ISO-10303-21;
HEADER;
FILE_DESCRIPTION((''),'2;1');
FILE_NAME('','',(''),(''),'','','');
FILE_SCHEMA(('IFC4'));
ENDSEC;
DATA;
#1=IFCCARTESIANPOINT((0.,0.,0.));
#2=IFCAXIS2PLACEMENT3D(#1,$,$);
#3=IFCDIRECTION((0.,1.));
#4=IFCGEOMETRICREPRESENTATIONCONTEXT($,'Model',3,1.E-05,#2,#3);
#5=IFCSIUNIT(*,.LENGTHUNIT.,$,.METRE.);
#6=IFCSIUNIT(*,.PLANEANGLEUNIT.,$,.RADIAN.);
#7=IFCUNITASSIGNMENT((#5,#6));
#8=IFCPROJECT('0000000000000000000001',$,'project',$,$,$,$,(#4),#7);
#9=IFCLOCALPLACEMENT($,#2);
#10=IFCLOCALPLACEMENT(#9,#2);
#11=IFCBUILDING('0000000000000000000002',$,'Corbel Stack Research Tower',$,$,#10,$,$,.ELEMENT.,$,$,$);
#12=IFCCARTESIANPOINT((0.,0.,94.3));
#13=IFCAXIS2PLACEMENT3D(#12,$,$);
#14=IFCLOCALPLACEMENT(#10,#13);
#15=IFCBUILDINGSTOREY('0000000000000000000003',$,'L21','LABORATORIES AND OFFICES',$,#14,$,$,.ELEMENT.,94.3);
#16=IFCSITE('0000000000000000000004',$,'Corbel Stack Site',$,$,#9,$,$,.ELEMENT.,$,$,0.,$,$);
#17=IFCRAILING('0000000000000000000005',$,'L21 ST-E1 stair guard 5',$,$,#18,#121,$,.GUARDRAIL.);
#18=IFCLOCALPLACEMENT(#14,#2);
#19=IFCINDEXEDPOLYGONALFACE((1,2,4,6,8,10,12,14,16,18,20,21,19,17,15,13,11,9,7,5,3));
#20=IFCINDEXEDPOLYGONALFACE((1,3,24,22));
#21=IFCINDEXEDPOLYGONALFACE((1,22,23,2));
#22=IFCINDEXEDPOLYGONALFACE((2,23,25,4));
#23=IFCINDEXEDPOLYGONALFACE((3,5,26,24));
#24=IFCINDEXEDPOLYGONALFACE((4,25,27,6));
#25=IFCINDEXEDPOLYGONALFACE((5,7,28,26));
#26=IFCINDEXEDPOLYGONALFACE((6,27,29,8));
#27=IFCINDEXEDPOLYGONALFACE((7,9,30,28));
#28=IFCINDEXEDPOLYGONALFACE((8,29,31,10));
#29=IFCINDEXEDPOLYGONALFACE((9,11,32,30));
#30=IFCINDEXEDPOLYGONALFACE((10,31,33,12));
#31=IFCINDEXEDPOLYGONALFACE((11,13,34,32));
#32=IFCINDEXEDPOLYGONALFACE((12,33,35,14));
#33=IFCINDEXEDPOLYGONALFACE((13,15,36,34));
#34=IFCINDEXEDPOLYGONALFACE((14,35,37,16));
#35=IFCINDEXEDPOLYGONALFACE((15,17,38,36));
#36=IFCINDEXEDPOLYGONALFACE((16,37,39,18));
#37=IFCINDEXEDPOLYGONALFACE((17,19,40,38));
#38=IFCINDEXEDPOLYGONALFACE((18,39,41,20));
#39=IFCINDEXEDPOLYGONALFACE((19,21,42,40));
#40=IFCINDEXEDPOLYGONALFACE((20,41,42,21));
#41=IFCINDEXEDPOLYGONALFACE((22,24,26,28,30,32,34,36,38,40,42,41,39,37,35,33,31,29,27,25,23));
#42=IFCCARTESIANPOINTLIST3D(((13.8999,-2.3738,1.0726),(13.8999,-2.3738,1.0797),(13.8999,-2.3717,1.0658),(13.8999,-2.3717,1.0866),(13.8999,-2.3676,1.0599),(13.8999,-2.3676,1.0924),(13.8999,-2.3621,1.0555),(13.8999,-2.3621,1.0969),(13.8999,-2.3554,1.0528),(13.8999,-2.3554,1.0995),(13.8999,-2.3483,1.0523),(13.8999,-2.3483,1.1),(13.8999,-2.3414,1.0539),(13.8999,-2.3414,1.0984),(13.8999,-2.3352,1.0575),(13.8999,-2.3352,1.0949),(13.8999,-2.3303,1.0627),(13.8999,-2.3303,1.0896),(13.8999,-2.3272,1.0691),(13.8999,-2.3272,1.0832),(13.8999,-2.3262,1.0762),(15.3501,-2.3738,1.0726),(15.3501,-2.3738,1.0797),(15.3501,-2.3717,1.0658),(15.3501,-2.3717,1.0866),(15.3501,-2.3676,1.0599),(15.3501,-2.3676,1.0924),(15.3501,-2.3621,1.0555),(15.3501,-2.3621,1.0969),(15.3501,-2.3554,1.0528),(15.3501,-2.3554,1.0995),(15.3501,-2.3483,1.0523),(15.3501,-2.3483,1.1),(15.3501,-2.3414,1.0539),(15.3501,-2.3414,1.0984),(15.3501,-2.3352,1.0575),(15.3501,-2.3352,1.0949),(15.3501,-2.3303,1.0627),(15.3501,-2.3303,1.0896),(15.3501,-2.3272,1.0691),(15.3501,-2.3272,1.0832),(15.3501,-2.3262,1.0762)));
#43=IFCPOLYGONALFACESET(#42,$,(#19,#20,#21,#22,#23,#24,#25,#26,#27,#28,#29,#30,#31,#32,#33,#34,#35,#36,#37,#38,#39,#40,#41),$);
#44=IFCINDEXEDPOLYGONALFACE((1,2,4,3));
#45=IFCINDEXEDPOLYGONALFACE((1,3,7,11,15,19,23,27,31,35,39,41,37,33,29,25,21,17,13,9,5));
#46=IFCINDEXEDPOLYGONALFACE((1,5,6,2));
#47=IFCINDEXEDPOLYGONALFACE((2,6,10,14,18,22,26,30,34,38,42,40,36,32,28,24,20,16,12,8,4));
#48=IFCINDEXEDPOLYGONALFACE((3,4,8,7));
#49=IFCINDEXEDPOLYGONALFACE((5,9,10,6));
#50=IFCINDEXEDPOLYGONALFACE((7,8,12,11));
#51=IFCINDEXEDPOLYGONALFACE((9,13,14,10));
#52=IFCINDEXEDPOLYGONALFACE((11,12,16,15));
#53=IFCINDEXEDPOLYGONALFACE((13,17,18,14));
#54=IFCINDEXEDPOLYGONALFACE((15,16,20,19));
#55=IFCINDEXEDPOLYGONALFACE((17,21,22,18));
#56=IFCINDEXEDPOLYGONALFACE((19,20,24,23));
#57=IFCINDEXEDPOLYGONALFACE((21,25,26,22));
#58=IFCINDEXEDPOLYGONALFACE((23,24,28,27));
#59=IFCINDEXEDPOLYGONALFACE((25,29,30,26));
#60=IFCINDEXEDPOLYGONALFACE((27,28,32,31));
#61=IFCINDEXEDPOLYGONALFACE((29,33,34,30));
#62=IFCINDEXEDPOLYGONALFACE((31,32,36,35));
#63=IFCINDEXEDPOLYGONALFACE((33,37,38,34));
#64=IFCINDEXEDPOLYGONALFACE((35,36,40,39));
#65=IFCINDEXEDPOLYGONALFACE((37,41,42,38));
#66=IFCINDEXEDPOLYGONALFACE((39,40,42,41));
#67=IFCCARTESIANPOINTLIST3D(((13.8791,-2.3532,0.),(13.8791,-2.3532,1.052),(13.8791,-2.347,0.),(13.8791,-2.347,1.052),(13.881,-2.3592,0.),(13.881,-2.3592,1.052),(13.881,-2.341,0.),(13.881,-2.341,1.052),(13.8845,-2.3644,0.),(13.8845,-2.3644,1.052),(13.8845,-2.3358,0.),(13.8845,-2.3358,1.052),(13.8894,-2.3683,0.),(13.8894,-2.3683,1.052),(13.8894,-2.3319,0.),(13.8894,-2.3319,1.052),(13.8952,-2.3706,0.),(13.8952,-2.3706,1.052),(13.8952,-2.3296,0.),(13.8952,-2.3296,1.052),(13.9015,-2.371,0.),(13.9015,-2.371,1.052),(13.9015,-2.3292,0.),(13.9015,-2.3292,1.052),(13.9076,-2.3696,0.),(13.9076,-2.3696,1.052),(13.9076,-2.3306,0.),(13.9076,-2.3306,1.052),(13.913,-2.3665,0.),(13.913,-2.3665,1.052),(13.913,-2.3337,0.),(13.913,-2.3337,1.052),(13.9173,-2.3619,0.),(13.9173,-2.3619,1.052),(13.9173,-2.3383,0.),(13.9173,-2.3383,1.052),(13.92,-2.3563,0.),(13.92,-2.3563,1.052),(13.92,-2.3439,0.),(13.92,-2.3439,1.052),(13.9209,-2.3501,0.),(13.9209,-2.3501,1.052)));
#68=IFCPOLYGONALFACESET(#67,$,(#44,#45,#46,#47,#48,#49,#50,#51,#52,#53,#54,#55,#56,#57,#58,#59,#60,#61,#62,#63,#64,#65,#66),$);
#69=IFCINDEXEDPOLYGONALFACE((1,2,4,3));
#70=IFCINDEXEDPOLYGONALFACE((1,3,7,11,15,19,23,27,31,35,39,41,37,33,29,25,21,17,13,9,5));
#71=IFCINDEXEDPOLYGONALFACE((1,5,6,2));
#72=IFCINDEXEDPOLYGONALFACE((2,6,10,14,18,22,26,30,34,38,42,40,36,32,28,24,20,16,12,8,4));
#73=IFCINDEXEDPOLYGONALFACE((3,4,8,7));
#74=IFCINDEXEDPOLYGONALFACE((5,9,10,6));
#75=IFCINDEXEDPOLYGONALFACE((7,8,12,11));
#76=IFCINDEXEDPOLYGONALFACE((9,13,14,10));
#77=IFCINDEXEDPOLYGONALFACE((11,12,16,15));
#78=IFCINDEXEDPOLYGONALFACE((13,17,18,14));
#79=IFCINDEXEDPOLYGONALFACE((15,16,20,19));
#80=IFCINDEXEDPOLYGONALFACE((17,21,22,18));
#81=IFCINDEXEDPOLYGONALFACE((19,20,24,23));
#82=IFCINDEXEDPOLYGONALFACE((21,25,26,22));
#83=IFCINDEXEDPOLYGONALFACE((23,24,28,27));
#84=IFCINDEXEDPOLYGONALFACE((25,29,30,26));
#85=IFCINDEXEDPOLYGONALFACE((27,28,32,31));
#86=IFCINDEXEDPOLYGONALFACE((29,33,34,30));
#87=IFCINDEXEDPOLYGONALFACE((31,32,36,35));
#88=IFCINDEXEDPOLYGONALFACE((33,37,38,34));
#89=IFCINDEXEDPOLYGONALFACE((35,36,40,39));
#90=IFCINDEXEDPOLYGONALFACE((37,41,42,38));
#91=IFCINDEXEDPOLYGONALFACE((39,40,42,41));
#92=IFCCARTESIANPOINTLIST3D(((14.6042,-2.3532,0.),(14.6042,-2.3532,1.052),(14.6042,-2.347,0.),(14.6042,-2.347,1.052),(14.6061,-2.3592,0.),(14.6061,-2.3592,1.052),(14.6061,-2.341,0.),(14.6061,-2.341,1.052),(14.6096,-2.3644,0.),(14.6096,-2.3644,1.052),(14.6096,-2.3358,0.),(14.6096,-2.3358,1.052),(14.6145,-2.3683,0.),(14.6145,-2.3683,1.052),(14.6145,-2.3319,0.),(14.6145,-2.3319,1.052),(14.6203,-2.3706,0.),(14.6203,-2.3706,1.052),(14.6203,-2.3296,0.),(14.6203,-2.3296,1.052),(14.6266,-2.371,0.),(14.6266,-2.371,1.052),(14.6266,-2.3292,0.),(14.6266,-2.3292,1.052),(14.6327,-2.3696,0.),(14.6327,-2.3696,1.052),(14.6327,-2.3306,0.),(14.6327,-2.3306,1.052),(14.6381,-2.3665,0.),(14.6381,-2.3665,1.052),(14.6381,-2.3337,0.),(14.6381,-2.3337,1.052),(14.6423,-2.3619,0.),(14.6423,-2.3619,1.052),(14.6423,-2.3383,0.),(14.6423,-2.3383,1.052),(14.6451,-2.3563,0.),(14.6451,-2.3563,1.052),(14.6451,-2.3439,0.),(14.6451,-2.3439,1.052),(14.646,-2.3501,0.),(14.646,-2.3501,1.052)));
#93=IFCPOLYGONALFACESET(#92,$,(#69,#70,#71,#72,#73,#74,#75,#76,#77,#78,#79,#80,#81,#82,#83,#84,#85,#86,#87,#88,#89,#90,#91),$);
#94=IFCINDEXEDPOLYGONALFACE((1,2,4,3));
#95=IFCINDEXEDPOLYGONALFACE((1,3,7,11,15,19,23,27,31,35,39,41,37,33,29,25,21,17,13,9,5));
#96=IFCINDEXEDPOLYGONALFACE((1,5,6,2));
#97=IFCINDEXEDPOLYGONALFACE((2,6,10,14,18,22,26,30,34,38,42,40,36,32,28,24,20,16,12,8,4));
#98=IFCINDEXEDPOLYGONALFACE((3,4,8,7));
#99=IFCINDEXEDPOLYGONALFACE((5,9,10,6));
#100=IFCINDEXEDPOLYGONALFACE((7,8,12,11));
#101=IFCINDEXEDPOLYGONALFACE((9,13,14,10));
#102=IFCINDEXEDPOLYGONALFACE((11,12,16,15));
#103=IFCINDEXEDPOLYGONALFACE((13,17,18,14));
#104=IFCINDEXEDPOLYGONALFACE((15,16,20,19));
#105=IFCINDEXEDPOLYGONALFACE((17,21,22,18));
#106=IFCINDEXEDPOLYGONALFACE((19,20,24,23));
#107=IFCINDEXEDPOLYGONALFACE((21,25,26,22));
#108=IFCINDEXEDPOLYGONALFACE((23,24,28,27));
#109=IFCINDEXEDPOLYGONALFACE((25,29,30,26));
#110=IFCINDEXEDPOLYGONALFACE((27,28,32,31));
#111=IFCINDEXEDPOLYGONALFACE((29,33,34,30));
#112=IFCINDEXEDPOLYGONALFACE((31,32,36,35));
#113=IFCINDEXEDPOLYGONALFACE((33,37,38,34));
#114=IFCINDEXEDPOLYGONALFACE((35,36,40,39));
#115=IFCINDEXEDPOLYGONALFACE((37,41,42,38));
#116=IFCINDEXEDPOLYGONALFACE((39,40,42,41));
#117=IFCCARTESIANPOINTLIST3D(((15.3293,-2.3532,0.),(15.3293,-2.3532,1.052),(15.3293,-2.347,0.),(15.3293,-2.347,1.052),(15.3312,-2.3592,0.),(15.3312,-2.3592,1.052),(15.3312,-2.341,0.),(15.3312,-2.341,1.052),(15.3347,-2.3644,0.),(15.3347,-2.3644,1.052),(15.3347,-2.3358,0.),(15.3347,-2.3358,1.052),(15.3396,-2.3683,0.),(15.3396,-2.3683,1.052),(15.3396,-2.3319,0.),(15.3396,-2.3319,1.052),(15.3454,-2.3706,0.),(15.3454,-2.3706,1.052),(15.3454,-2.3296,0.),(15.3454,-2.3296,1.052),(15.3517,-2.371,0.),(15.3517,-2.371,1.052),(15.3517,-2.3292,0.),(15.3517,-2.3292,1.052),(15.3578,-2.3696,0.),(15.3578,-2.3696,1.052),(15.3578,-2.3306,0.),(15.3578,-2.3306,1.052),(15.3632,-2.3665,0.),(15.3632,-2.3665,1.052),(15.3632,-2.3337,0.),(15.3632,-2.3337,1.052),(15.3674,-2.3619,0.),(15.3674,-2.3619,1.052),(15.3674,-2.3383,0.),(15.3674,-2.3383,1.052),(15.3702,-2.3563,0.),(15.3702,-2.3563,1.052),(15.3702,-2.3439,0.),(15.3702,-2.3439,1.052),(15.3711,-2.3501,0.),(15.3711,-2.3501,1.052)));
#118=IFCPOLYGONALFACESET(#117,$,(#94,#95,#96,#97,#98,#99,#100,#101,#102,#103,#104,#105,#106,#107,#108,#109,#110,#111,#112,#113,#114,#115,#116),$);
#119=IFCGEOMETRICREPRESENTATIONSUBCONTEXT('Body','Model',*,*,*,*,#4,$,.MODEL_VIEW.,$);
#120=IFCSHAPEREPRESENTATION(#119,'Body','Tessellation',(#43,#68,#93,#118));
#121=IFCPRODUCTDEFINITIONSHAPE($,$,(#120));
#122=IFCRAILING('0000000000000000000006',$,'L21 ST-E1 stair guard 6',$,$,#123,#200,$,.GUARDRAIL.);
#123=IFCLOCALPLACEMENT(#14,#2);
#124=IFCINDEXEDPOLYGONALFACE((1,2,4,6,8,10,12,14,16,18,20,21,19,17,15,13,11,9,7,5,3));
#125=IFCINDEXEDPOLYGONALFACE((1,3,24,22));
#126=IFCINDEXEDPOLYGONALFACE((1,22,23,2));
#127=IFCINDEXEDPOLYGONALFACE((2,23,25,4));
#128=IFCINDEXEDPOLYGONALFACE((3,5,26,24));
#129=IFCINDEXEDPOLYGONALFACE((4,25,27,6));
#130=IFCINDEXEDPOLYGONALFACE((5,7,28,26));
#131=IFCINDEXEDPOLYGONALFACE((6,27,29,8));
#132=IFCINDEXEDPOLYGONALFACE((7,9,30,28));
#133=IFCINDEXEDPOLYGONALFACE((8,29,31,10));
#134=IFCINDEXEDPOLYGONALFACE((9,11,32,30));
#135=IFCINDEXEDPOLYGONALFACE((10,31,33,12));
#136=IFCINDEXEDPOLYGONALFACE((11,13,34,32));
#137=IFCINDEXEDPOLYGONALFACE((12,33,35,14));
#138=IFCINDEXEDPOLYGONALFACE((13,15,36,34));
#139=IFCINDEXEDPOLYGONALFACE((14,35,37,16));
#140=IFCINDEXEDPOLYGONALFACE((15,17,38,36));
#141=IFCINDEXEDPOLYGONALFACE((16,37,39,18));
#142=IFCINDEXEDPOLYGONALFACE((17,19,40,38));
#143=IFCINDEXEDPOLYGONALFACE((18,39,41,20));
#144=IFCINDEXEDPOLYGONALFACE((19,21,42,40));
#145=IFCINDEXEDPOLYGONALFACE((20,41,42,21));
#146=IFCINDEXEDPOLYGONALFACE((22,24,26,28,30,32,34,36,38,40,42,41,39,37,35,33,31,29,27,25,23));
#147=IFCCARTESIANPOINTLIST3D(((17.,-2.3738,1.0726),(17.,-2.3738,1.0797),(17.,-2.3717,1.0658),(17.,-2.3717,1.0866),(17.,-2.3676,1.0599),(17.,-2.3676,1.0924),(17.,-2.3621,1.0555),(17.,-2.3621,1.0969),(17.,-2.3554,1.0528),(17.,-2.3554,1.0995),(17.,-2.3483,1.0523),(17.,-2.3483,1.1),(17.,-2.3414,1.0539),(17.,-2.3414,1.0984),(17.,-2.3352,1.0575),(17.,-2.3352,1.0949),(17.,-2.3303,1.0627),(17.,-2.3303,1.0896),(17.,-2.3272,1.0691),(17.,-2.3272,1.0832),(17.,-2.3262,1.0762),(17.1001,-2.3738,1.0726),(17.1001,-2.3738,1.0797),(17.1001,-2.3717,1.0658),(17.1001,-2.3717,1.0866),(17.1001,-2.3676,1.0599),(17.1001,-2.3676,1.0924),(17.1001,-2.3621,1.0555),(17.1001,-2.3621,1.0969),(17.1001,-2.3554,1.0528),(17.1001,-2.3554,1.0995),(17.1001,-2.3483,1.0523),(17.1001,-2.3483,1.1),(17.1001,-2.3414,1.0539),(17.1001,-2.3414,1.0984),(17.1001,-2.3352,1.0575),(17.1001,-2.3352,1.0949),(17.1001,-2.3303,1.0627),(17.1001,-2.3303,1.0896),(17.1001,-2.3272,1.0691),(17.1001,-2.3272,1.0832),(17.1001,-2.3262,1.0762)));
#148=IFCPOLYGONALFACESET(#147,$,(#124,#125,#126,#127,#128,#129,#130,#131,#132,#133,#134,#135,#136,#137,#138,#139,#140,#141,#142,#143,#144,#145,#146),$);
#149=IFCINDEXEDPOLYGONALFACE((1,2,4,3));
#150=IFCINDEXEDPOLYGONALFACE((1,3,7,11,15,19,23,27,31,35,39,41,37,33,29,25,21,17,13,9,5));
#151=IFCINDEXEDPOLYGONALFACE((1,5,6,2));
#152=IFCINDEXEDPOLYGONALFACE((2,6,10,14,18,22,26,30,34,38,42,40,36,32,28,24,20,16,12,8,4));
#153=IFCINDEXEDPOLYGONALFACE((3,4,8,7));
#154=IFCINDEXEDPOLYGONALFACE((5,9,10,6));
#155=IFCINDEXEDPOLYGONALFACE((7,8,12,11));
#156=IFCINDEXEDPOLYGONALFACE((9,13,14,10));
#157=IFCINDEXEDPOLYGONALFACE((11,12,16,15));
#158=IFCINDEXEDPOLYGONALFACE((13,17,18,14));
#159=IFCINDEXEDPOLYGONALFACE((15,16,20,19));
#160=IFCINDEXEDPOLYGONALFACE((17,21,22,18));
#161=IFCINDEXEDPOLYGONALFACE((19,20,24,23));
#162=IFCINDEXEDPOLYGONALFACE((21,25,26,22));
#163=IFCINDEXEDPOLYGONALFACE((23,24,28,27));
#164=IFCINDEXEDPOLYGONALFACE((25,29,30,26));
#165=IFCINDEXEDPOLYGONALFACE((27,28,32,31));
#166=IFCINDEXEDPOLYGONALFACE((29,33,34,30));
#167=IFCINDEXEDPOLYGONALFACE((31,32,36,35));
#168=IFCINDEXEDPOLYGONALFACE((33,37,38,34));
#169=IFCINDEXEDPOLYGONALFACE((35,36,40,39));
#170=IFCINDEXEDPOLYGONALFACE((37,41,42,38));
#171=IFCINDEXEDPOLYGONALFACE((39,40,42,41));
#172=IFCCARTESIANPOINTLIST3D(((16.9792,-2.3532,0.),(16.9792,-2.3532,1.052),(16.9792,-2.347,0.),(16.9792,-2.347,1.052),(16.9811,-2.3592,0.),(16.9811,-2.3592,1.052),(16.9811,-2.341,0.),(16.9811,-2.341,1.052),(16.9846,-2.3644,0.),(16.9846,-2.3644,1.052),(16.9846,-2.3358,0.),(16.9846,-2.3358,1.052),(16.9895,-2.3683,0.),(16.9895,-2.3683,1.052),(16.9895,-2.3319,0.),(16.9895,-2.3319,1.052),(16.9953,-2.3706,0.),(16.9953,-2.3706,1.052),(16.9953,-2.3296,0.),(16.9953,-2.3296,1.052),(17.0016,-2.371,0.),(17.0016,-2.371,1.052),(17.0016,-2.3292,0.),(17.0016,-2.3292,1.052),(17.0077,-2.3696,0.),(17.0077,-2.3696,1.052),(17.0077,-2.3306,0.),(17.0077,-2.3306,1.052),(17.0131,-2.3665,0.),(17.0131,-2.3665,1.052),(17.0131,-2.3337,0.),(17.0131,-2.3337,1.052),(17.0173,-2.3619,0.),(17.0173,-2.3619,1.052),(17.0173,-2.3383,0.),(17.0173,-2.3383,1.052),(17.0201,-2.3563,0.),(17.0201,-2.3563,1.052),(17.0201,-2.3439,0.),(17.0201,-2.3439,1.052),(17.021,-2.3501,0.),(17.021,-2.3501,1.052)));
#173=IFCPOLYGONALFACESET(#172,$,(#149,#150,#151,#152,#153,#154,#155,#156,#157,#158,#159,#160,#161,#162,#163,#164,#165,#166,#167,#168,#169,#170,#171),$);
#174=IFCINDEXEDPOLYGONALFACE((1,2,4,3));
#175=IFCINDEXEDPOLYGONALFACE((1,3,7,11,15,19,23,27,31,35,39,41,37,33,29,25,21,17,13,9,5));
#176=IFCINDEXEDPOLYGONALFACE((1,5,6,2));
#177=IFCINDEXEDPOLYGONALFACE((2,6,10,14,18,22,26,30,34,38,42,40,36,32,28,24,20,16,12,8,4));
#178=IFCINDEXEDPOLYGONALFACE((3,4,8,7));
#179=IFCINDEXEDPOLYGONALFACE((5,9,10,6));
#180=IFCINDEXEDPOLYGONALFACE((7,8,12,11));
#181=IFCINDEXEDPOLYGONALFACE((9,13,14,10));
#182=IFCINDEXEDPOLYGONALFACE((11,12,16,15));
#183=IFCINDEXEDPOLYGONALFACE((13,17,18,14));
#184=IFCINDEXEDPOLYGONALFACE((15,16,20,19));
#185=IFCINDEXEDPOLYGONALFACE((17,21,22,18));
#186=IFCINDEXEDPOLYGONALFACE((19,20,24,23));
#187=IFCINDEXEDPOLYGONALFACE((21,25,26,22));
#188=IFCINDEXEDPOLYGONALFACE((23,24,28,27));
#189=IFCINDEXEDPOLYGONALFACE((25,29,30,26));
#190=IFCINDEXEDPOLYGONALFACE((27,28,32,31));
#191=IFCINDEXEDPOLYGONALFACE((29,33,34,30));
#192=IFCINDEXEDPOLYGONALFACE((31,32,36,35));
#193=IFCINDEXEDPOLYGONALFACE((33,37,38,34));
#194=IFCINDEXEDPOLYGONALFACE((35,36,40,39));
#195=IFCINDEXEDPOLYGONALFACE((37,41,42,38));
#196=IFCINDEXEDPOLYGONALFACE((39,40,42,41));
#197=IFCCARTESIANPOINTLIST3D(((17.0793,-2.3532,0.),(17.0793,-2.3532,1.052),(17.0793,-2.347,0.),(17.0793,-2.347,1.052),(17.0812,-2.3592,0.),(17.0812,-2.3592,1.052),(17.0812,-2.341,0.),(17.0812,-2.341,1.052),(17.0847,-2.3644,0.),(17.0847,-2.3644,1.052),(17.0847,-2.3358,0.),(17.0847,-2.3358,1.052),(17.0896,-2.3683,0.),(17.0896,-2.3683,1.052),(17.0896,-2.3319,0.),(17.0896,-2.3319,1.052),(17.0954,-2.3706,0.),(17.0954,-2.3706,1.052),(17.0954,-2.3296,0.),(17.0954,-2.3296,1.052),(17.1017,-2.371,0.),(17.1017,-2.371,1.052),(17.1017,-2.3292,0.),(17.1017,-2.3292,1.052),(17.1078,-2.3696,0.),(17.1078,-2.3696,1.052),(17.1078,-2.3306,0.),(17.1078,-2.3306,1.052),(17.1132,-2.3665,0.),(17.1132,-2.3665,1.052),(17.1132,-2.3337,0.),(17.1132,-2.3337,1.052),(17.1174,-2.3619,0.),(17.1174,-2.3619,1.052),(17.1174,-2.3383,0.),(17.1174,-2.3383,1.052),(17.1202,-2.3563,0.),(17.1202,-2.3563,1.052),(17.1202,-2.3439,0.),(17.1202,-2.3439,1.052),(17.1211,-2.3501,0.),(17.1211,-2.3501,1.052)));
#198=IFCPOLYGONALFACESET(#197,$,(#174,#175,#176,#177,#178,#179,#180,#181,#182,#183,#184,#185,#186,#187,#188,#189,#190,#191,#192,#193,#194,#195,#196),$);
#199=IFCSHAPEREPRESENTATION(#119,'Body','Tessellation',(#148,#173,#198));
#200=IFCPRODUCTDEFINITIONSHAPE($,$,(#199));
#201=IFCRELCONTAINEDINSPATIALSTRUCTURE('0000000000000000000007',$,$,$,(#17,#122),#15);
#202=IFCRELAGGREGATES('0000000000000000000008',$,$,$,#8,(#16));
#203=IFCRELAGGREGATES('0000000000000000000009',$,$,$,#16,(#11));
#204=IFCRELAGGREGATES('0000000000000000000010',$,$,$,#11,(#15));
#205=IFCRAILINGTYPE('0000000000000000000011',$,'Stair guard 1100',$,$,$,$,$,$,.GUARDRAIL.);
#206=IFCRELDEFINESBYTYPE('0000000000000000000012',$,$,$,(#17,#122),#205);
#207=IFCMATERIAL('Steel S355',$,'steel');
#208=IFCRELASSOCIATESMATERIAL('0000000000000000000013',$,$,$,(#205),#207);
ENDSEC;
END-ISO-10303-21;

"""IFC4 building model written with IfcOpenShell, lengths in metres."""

from ifc_helpers import new_model, si_unit, direction, frame, origin, origin_2d, place, context, subcontext, project, spatial, circle, extrude, material, type_object, element, save


model = new_model("IFC4")

# Units and contexts
model_context = context("Model", 3, precision=1e-05, world=origin(), true_north=direction((0.0, 1.0)))
body_context = subcontext(model_context, "Body", "Model", "MODEL_VIEW")
ifc_project = project(units=[si_unit("LENGTHUNIT", "METRE"), si_unit("PLANEANGLEUNIT", "RADIAN")], contexts=[model_context])

# Site, building, storey
site_placement = place(None, origin())
site = spatial("IfcSite", under=ifc_project, at=site_placement, Name="Corbel Stack Site", CompositionType="ELEMENT", RefElevation=0.0)
building_placement = place(site_placement, origin())
building = spatial("IfcBuilding", under=site, at=building_placement, Name="Corbel Stack Research Tower", CompositionType="ELEMENT")
storey_placement = place(building_placement, frame((0.0, 0.0, 94.3)))
storey = spatial("IfcBuildingStorey", under=building, at=storey_placement, Name="L21", Description="LABORATORIES AND OFFICES", CompositionType="ELEMENT", Elevation=94.3)

# Railings
ifc_material_1 = material(Name="Steel S355", Category="steel")
railing_type_1 = type_object("IfcRailingType", Name="Stair guard 1100", PredefinedType="GUARDRAIL", material=ifc_material_1)
railing_1_placement = place(storey_placement, frame((13.8999, -2.3501, 0.0)))
element("IfcRailing", 1, at=railing_1_placement, inside=storey, type_object=railing_type_1, Name="L21 ST-E1 stair guard 5", PredefinedType="GUARDRAIL", context=body_context, shape_type="SweptSolid", body=[
    extrude(circle(Radius=0.0239, at=origin_2d()), frame((0.0, 0.0, 1.0762), z_axis=(1.0, 0.0, 0.0), x_axis=(0.0, 1.0, 0.0)), (0.0, 0.0, 1.0), 1.4502),
    extrude(circle(Radius=0.021, at=origin_2d()), origin(), (0.0, 0.0, 1.0), 1.052),
    extrude(circle(Radius=0.021, at=origin_2d()), frame((0.7251, 0.0, 0.0)), (0.0, 0.0, 1.0), 1.052),
    extrude(circle(Radius=0.021, at=origin_2d()), frame((1.4502, 0.0, 0.0)), (0.0, 0.0, 1.0), 1.052),
])
railing_2_placement = place(storey_placement, frame((17.0, -2.3501, 0.0)))
element("IfcRailing", 2, at=railing_2_placement, inside=storey, type_object=railing_type_1, Name="L21 ST-E1 stair guard 6", PredefinedType="GUARDRAIL", context=body_context, shape_type="SweptSolid", body=[
    extrude(circle(Radius=0.0239, at=origin_2d()), frame((0.0, 0.0, 1.0762), z_axis=(1.0, 0.0, 0.0), x_axis=(0.0, 1.0, 0.0)), (0.0, 0.0, 1.0), 0.1001),
    extrude(circle(Radius=0.021, at=origin_2d()), origin(), (0.0, 0.0, 1.0), 1.052),
    extrude(circle(Radius=0.021, at=origin_2d()), frame((0.1001, 0.0, 0.0)), (0.0, 0.0, 1.0), 1.052),
])

save(model, "model.ifc")
